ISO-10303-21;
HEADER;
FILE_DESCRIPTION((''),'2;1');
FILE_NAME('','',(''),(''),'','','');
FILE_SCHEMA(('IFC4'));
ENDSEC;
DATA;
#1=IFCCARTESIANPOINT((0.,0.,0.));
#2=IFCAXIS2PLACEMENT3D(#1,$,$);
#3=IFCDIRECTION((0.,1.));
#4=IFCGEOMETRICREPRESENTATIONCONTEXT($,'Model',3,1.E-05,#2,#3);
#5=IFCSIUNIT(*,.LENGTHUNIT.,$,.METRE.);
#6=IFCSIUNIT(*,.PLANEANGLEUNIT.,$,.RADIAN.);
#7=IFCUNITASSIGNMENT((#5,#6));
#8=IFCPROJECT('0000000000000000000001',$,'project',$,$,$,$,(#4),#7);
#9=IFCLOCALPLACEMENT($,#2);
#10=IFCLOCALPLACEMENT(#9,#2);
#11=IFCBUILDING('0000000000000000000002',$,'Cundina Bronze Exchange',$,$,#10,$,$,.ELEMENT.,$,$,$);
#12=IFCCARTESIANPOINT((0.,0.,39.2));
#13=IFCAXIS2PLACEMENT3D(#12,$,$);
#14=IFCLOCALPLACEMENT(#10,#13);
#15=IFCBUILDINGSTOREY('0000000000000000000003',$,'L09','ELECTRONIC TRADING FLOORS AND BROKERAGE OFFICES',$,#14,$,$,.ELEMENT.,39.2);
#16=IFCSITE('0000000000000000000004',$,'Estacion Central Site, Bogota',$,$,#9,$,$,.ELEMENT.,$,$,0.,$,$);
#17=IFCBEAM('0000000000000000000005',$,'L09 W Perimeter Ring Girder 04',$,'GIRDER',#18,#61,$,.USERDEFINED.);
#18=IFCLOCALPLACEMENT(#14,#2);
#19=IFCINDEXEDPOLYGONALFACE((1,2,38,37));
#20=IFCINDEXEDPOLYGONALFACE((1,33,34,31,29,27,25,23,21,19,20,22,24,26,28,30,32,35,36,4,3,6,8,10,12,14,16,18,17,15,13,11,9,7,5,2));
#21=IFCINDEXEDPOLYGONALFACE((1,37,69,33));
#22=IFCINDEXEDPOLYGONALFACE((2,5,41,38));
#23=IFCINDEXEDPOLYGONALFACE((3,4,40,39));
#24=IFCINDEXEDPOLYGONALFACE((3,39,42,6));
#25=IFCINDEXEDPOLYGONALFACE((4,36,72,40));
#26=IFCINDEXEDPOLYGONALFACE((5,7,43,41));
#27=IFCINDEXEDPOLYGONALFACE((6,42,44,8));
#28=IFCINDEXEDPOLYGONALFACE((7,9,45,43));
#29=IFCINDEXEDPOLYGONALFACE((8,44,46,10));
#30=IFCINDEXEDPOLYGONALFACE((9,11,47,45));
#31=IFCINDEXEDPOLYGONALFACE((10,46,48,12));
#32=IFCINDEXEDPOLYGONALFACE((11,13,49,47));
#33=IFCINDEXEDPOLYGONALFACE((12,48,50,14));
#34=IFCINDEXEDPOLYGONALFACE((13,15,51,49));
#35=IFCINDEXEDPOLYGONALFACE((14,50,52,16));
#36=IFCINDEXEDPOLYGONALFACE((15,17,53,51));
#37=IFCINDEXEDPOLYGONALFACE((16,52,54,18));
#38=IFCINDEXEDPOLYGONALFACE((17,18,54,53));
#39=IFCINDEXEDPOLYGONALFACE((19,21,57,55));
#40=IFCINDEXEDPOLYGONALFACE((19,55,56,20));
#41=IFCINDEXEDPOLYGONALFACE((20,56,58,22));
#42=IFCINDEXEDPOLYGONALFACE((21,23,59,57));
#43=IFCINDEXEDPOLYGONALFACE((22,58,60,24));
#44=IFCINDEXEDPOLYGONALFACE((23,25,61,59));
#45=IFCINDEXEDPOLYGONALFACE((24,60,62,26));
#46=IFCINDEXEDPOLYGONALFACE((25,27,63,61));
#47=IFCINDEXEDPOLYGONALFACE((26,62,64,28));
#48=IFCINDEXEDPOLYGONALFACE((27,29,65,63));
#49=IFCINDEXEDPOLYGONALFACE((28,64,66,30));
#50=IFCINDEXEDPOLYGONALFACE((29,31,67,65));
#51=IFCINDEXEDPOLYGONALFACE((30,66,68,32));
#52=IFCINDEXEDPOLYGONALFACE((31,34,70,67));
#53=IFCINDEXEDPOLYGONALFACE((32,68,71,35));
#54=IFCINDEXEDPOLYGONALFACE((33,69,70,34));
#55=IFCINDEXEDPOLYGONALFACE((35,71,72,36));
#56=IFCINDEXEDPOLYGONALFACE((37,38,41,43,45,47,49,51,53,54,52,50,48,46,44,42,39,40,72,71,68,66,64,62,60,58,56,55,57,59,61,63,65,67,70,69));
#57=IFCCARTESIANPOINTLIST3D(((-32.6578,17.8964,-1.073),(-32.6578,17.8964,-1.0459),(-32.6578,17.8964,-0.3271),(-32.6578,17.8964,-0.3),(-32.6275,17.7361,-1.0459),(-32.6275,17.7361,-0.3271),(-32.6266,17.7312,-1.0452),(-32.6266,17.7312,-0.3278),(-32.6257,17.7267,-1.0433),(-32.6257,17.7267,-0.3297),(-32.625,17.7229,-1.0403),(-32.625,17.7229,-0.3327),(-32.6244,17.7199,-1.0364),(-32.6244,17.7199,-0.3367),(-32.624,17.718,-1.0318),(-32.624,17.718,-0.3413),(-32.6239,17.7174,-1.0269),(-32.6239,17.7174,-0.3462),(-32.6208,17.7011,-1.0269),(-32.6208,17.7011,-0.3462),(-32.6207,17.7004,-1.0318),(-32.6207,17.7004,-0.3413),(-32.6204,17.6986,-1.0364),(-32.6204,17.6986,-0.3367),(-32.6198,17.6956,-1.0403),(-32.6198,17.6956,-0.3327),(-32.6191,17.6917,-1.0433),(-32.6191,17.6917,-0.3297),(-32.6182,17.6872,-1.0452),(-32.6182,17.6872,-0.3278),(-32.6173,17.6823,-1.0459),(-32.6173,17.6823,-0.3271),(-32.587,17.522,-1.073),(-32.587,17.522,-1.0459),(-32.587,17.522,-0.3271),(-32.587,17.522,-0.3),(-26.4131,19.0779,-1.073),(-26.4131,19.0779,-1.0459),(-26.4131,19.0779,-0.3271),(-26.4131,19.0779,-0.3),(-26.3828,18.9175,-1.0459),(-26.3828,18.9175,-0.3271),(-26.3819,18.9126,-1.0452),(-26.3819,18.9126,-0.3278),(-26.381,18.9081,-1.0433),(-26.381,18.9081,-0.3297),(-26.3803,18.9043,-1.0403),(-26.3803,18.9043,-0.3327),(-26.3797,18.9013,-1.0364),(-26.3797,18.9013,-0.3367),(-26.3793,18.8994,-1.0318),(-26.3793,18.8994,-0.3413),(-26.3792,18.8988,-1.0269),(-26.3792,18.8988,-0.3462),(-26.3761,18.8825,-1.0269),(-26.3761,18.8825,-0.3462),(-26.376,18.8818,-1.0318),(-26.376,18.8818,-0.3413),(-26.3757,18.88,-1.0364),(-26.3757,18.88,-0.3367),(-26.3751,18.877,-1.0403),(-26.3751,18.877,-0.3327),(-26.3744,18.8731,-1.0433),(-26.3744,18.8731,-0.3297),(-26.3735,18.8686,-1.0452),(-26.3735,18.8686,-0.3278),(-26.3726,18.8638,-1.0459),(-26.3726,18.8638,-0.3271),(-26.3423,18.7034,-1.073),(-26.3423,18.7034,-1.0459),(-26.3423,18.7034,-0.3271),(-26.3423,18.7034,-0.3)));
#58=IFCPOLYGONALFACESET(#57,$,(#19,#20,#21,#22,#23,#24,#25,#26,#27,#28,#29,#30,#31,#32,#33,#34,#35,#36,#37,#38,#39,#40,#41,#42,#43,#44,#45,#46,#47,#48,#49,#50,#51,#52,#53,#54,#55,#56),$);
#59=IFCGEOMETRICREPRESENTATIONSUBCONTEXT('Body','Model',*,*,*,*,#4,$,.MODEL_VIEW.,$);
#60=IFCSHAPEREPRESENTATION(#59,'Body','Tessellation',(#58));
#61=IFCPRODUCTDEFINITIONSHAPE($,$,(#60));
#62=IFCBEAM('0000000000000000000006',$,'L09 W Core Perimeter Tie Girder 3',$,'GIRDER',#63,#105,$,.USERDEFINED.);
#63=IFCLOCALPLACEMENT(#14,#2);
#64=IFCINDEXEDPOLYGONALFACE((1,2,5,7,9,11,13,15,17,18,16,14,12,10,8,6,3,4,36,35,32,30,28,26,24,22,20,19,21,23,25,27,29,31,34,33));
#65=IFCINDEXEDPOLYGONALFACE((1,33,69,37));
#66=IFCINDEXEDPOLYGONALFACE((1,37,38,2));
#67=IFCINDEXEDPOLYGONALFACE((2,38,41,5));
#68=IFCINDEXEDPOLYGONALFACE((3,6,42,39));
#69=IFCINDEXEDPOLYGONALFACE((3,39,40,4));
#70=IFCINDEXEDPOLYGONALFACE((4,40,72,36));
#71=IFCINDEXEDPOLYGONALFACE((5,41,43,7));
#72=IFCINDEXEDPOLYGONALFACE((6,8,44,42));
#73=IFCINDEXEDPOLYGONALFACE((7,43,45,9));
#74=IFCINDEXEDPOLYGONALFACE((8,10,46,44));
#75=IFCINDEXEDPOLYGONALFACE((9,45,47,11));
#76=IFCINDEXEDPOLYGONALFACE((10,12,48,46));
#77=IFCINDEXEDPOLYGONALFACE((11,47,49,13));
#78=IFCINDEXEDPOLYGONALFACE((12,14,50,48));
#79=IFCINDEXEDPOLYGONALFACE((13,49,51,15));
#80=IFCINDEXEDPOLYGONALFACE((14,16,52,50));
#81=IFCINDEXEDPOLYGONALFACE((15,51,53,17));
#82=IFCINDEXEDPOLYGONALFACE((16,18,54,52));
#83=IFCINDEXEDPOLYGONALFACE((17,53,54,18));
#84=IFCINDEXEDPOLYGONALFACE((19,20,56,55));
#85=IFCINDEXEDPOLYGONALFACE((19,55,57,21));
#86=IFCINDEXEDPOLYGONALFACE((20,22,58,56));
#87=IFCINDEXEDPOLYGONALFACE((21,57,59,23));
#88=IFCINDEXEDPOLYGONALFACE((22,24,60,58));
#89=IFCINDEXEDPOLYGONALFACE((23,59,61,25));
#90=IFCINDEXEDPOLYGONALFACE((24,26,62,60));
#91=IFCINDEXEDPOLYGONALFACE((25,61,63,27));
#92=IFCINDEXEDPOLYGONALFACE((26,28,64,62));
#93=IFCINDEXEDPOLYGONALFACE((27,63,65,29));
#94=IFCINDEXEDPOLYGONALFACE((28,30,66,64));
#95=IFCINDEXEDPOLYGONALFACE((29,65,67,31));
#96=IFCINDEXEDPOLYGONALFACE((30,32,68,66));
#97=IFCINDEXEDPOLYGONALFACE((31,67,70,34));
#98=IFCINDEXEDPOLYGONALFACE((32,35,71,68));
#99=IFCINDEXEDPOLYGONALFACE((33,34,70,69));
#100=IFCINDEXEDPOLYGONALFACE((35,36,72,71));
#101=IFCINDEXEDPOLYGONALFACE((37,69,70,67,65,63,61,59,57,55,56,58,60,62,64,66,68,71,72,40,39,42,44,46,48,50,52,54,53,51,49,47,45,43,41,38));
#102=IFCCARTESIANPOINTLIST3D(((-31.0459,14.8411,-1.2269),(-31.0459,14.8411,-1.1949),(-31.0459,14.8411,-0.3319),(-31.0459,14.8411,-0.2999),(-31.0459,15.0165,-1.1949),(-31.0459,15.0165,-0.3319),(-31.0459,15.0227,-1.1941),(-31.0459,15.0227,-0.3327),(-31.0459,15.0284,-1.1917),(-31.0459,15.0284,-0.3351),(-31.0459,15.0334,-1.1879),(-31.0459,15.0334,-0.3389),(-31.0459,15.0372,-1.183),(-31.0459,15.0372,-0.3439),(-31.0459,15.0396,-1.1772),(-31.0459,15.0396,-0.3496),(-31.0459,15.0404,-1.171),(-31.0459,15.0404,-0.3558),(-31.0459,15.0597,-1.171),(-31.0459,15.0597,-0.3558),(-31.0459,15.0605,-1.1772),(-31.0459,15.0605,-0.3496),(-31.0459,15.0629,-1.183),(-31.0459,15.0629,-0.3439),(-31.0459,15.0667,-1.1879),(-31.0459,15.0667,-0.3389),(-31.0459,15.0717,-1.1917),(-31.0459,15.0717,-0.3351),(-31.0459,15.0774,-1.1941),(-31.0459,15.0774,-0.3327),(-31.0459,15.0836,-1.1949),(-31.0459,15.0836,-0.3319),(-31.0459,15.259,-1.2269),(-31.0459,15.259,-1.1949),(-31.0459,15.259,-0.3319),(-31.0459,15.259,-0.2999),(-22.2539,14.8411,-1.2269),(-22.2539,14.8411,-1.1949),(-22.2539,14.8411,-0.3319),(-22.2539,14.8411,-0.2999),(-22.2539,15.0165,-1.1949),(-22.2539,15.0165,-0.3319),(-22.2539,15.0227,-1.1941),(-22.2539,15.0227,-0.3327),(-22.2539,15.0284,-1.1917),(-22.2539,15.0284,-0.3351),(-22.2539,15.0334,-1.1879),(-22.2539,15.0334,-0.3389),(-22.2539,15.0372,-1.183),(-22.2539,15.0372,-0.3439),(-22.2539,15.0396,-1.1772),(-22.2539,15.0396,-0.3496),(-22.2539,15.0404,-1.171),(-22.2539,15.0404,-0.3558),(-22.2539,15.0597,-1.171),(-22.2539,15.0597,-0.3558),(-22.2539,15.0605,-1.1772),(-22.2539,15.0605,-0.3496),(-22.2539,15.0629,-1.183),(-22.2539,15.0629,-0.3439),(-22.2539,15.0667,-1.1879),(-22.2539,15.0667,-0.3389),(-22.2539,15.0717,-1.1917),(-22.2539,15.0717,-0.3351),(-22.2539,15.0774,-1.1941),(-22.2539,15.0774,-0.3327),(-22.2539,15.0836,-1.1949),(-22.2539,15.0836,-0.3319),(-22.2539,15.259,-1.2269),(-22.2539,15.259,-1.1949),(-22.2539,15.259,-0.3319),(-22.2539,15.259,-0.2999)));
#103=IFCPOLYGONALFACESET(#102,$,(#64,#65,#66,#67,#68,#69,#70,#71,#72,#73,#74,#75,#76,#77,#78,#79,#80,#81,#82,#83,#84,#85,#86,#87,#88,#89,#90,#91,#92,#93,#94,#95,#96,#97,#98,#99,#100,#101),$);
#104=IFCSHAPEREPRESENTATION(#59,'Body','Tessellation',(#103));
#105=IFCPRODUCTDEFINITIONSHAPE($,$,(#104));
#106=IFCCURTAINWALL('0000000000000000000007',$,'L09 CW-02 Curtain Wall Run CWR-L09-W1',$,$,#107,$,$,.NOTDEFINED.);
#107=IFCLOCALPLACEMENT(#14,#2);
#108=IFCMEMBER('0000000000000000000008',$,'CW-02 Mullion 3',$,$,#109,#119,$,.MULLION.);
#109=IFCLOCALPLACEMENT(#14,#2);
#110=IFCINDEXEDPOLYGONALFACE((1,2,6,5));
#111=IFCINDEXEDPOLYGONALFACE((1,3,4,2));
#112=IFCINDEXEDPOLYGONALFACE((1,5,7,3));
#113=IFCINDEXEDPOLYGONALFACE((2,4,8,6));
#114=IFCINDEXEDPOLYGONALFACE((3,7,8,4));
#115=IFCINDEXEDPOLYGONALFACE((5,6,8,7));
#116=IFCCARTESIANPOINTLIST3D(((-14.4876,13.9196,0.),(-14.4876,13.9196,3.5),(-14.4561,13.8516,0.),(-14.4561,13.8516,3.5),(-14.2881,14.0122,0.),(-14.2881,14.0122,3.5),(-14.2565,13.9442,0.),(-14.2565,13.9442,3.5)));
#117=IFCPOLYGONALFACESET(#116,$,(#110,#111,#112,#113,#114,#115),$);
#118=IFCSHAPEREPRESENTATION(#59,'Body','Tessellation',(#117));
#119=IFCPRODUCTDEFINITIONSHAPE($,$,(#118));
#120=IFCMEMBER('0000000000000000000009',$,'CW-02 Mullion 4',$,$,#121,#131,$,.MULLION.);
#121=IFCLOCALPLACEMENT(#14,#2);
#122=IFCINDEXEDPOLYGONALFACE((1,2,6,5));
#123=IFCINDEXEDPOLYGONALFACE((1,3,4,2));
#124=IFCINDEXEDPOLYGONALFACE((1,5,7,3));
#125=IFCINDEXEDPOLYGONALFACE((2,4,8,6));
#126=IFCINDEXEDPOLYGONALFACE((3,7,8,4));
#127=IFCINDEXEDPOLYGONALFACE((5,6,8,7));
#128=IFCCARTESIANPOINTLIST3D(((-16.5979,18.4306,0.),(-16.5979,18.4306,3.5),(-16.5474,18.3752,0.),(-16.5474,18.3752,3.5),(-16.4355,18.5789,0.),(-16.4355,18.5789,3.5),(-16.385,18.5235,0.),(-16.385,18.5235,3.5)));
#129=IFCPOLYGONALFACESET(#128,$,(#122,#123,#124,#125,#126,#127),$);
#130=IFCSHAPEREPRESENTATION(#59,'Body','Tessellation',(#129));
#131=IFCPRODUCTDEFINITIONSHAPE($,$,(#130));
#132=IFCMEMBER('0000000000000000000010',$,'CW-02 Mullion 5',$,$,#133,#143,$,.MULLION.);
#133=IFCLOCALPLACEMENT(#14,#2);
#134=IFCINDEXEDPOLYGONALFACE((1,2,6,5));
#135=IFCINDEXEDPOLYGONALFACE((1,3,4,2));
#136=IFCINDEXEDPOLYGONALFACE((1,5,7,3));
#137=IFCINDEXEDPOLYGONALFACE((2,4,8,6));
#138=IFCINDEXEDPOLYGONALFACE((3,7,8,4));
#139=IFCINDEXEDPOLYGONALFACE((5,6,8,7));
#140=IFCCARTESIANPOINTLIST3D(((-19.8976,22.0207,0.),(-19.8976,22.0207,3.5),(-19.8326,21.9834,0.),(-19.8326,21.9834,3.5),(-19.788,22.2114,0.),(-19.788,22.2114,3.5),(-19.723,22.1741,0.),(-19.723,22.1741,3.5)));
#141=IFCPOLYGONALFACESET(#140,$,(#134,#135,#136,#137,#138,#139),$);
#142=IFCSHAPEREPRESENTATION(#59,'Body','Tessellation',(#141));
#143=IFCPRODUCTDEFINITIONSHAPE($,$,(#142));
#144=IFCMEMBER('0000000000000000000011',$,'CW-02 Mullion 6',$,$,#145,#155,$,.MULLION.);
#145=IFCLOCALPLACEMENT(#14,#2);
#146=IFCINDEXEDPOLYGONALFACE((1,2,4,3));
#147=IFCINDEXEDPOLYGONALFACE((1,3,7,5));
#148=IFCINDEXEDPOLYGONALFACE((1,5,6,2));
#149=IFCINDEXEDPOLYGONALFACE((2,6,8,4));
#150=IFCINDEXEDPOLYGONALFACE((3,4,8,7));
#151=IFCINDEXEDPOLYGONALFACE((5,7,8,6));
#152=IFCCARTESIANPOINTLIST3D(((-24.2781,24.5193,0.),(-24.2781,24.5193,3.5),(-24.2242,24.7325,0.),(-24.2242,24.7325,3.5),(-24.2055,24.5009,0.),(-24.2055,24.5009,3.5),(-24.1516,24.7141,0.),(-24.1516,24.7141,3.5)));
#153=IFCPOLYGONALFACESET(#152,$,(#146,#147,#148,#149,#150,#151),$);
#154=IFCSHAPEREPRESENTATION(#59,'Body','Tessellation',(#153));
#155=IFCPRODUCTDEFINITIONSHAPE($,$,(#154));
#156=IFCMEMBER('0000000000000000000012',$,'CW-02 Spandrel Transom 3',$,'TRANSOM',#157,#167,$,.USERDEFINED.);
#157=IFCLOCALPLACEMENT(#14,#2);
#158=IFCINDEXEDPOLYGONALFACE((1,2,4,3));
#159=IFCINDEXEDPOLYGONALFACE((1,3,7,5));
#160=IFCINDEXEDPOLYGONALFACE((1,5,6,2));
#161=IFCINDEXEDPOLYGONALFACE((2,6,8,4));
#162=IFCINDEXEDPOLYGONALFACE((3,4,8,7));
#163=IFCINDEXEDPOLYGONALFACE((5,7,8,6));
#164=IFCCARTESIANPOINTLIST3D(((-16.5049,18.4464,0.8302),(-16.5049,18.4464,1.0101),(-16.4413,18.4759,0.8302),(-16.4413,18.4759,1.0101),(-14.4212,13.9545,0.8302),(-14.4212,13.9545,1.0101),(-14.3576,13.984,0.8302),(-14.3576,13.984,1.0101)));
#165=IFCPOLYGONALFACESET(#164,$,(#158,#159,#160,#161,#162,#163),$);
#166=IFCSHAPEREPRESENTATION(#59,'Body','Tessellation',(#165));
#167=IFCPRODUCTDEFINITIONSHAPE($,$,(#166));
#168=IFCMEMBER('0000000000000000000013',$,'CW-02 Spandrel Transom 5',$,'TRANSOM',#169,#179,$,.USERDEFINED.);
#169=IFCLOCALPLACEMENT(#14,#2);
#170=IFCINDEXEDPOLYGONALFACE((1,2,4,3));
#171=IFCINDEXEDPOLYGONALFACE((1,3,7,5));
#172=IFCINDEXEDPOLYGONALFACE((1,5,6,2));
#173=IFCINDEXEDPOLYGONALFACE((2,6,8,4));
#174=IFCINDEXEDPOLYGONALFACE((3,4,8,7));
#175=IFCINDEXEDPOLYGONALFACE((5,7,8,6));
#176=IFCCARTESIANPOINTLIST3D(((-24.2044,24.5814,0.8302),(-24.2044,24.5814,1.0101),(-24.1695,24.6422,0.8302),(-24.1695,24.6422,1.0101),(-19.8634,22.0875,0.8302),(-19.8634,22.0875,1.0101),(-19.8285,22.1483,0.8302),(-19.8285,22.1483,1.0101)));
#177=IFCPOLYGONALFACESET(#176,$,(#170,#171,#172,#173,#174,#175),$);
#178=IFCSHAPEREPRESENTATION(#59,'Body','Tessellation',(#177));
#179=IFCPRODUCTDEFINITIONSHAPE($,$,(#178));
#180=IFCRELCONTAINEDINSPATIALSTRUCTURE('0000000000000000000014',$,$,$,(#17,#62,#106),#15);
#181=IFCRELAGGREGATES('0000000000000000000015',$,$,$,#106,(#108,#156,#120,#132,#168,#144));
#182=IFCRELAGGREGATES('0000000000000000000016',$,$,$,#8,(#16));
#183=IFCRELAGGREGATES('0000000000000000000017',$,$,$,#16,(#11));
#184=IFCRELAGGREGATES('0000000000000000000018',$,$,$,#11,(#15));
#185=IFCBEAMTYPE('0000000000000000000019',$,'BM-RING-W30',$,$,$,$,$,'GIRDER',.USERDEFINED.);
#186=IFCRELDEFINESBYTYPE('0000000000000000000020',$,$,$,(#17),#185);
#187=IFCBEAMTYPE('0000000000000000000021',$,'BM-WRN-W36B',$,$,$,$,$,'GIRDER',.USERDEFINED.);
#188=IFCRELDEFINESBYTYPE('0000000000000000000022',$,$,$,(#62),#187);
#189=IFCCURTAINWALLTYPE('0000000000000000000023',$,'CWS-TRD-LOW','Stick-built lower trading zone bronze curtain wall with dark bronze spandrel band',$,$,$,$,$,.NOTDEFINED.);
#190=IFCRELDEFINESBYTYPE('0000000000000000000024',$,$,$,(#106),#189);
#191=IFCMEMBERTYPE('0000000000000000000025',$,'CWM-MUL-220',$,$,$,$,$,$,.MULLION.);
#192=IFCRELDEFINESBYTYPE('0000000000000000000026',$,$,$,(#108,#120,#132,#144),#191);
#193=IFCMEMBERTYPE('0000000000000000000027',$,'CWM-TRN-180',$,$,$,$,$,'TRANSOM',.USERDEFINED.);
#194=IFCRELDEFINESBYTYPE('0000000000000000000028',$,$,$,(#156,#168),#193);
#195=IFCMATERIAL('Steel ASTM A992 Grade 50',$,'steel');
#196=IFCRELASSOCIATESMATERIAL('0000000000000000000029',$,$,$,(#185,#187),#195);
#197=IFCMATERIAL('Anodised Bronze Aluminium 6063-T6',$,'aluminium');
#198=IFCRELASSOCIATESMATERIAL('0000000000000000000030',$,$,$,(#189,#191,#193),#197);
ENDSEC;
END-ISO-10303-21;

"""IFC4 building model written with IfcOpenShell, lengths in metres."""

from ifc_helpers import new_model, si_unit, direction, frame, origin, origin_2d, place, context, subcontext, project, spatial, rectangle, i_section, extrude, material, material_profile, profile_set, type_object, element, aggregate, save


model = new_model("IFC4")

# Units and contexts
model_context = context("Model", 3, precision=1e-05, world=origin(), true_north=direction((0.0, 1.0)))
body_context = subcontext(model_context, "Body", "Model", "MODEL_VIEW")
ifc_project = project(units=[si_unit("LENGTHUNIT", "METRE"), si_unit("PLANEANGLEUNIT", "RADIAN")], contexts=[model_context])

# Site, building, storey
site_placement = place(None, origin())
site = spatial("IfcSite", under=ifc_project, at=site_placement, Name="Estacion Central Site, Bogota", CompositionType="ELEMENT", RefElevation=0.0)
building_placement = place(site_placement, origin())
building = spatial("IfcBuilding", under=site, at=building_placement, Name="Cundina Bronze Exchange", CompositionType="ELEMENT")
storey_placement = place(building_placement, frame((0.0, 0.0, 39.2)))
storey = spatial("IfcBuildingStorey", under=building, at=storey_placement, Name="L09", Description="ELECTRONIC TRADING FLOORS AND BROKERAGE OFFICES", CompositionType="ELEMENT", Elevation=39.2)

# Shared definitions
ifc_material_1 = material(Name="Steel ASTM A992 Grade 50", Category="steel")

# Beams
ifc_material_profile_1 = material_profile(ifc_material_1, i_section(OverallWidth=0.3811, OverallDepth=0.7729, WebThickness=0.0166, FlangeThickness=0.0271, FilletRadius=0.019, at=origin_2d()), Name="W30X173", Category="steel")
ifc_profile_set_1 = profile_set([ifc_material_profile_1], Name="Steel ASTM A992 Grade 50")
beam_type_1 = type_object("IfcBeamType", Name="BM-RING-W30", ElementType="GIRDER", PredefinedType="USERDEFINED", material=ifc_profile_set_1)
beam_1_placement = place(storey_placement, frame((-26.3777, 18.8906, -0.6865), z_axis=(-0.982571, -0.185889, 0.0), x_axis=(0.185889, -0.982571, 0.0)))
element("IfcBeam", 1, at=beam_1_placement, inside=storey, type_object=beam_type_1, Name="L09 W Perimeter Ring Girder 04", ObjectType="GIRDER", PredefinedType="USERDEFINED", context=body_context, shape_type="SweptSolid", body=[
    extrude(i_section(OverallWidth=0.3811, OverallDepth=0.7729, WebThickness=0.0166, FlangeThickness=0.0271, FilletRadius=0.019, at=origin_2d()), origin(), (0.0, 0.0, 1.0), 6.3555),
])
ifc_material_profile_2 = material_profile(ifc_material_1, i_section(OverallWidth=0.418, OverallDepth=0.927, WebThickness=0.0193, FlangeThickness=0.032, FilletRadius=0.0239, at=origin_2d()), Name="W36X231", Category="steel")
ifc_profile_set_2 = profile_set([ifc_material_profile_2], Name="Steel ASTM A992 Grade 50")
beam_type_2 = type_object("IfcBeamType", Name="BM-WRN-W36B", ElementType="GIRDER", PredefinedType="USERDEFINED", material=ifc_profile_set_2)
beam_2_placement = place(storey_placement, frame((-22.2539, 15.05, -0.7634), z_axis=(-1.0, 0.0, 0.0), x_axis=(0.0, -1.0, 0.0)))
element("IfcBeam", 2, at=beam_2_placement, inside=storey, type_object=beam_type_2, Name="L09 W Core Perimeter Tie Girder 3", ObjectType="GIRDER", PredefinedType="USERDEFINED", context=body_context, shape_type="SweptSolid", body=[
    extrude(i_section(OverallWidth=0.418, OverallDepth=0.927, WebThickness=0.0193, FlangeThickness=0.032, FilletRadius=0.0239, at=origin_2d()), origin(), (0.0, 0.0, 1.0), 8.792),
])

# Curtain wall, members
ifc_material_2 = material(Name="Anodised Bronze Aluminium 6063-T6", Category="aluminium")
curtain_wall_type = type_object("IfcCurtainWallType", Name="CWS-TRD-LOW", Description="Stick-built lower trading zone bronze curtain wall with dark bronze spandrel band", PredefinedType="NOTDEFINED", material=ifc_material_2)
curtain_wall_placement = place(storey_placement, origin())
curtain_wall = element("IfcCurtainWall", 3, at=curtain_wall_placement, inside=storey, type_object=curtain_wall_type, Name="L09 CW-02 Curtain Wall Run CWR-L09-W1", PredefinedType="NOTDEFINED")
ifc_material_profile_3 = material_profile(ifc_material_2, rectangle(XDim=0.075, YDim=0.22, at=origin_2d()), Name="AL75X220", Category="aluminium")
ifc_profile_set_3 = profile_set([ifc_material_profile_3], Name="Anodised Bronze Aluminium 6063-T6")
member_type_1 = type_object("IfcMemberType", Name="CWM-MUL-220", PredefinedType="MULLION", material=ifc_profile_set_3)
member_1_placement = place(storey_placement, frame((-14.3721, 13.9319, 0.0), z_axis=(0.0, 0.0, 1.0), x_axis=(-0.420877, 0.907117, 0.0)))
member_1 = element("IfcMember", 4, at=member_1_placement, type_object=member_type_1, Name="CW-02 Mullion 3", PredefinedType="MULLION", context=body_context, shape_type="SweptSolid", body=[
    extrude(rectangle(XDim=0.075, YDim=0.22, at=origin_2d()), origin(), (0.0, 0.0, 1.0), 3.5),
])
member_2_placement = place(storey_placement, frame((-16.4915, 18.4771, 0.0), z_axis=(0.0, 0.0, 1.0), x_axis=(-0.674302, 0.738455, 0.0)))
member_2 = element("IfcMember", 5, at=member_2_placement, type_object=member_type_1, Name="CW-02 Mullion 4", PredefinedType="MULLION", context=body_context, shape_type="SweptSolid", body=[
    extrude(rectangle(XDim=0.075, YDim=0.22, at=origin_2d()), origin(), (0.0, 0.0, 1.0), 3.5),
])
member_3_placement = place(storey_placement, frame((-19.8103, 22.0974, 0.0), z_axis=(0.0, 0.0, 1.0), x_axis=(-0.867071, 0.498185, 0.0)))
member_3 = element("IfcMember", 6, at=member_3_placement, type_object=member_type_1, Name="CW-02 Mullion 5", PredefinedType="MULLION", context=body_context, shape_type="SweptSolid", body=[
    extrude(rectangle(XDim=0.075, YDim=0.22, at=origin_2d()), origin(), (0.0, 0.0, 1.0), 3.5),
])
member_4_placement = place(storey_placement, frame((-24.2148, 24.6167, 0.0), z_axis=(0.0, 0.0, 1.0), x_axis=(-0.969488, 0.245138, 0.0)))
member_4 = element("IfcMember", 7, at=member_4_placement, type_object=member_type_1, Name="CW-02 Mullion 6", PredefinedType="MULLION", context=body_context, shape_type="SweptSolid", body=[
    extrude(rectangle(XDim=0.075, YDim=0.22, at=origin_2d()), origin(), (0.0, 0.0, 1.0), 3.5),
])
ifc_material_profile_4 = material_profile(ifc_material_2, rectangle(XDim=0.0701, YDim=0.1799, at=origin_2d()), Name="AL70X180", Category="aluminium")
ifc_profile_set_4 = profile_set([ifc_material_profile_4], Name="Anodised Bronze Aluminium 6063-T6")
member_type_2 = type_object("IfcMemberType", Name="CWM-TRN-180", ElementType="TRANSOM", PredefinedType="USERDEFINED", material=ifc_profile_set_4)
member_5_placement = place(storey_placement, frame((-14.3894, 13.9692, 0.9202), z_axis=(-0.420811, 0.907148, 0.0), x_axis=(-0.907148, -0.420811, 0.0)))
member_5 = element("IfcMember", 8, at=member_5_placement, type_object=member_type_2, Name="CW-02 Spandrel Transom 3", ObjectType="TRANSOM", PredefinedType="USERDEFINED", context=body_context, shape_type="SweptSolid", body=[
    extrude(rectangle(XDim=0.0701, YDim=0.1799, at=origin_2d()), origin(), (0.0, 0.0, 1.0), 4.9517),
])
member_6_placement = place(storey_placement, frame((-19.8459, 22.1179, 0.9202), z_axis=(-0.867097, 0.498139, 0.0), x_axis=(-0.498139, -0.867097, 0.0)))
member_6 = element("IfcMember", 9, at=member_6_placement, type_object=member_type_2, Name="CW-02 Spandrel Transom 5", ObjectType="TRANSOM", PredefinedType="USERDEFINED", context=body_context, shape_type="SweptSolid", body=[
    extrude(rectangle(XDim=0.0701, YDim=0.1799, at=origin_2d()), origin(), (0.0, 0.0, 1.0), 5.0063),
])
aggregate(curtain_wall, [member_1, member_5, member_2, member_3, member_6, member_4])

save(model, "model.ifc")
